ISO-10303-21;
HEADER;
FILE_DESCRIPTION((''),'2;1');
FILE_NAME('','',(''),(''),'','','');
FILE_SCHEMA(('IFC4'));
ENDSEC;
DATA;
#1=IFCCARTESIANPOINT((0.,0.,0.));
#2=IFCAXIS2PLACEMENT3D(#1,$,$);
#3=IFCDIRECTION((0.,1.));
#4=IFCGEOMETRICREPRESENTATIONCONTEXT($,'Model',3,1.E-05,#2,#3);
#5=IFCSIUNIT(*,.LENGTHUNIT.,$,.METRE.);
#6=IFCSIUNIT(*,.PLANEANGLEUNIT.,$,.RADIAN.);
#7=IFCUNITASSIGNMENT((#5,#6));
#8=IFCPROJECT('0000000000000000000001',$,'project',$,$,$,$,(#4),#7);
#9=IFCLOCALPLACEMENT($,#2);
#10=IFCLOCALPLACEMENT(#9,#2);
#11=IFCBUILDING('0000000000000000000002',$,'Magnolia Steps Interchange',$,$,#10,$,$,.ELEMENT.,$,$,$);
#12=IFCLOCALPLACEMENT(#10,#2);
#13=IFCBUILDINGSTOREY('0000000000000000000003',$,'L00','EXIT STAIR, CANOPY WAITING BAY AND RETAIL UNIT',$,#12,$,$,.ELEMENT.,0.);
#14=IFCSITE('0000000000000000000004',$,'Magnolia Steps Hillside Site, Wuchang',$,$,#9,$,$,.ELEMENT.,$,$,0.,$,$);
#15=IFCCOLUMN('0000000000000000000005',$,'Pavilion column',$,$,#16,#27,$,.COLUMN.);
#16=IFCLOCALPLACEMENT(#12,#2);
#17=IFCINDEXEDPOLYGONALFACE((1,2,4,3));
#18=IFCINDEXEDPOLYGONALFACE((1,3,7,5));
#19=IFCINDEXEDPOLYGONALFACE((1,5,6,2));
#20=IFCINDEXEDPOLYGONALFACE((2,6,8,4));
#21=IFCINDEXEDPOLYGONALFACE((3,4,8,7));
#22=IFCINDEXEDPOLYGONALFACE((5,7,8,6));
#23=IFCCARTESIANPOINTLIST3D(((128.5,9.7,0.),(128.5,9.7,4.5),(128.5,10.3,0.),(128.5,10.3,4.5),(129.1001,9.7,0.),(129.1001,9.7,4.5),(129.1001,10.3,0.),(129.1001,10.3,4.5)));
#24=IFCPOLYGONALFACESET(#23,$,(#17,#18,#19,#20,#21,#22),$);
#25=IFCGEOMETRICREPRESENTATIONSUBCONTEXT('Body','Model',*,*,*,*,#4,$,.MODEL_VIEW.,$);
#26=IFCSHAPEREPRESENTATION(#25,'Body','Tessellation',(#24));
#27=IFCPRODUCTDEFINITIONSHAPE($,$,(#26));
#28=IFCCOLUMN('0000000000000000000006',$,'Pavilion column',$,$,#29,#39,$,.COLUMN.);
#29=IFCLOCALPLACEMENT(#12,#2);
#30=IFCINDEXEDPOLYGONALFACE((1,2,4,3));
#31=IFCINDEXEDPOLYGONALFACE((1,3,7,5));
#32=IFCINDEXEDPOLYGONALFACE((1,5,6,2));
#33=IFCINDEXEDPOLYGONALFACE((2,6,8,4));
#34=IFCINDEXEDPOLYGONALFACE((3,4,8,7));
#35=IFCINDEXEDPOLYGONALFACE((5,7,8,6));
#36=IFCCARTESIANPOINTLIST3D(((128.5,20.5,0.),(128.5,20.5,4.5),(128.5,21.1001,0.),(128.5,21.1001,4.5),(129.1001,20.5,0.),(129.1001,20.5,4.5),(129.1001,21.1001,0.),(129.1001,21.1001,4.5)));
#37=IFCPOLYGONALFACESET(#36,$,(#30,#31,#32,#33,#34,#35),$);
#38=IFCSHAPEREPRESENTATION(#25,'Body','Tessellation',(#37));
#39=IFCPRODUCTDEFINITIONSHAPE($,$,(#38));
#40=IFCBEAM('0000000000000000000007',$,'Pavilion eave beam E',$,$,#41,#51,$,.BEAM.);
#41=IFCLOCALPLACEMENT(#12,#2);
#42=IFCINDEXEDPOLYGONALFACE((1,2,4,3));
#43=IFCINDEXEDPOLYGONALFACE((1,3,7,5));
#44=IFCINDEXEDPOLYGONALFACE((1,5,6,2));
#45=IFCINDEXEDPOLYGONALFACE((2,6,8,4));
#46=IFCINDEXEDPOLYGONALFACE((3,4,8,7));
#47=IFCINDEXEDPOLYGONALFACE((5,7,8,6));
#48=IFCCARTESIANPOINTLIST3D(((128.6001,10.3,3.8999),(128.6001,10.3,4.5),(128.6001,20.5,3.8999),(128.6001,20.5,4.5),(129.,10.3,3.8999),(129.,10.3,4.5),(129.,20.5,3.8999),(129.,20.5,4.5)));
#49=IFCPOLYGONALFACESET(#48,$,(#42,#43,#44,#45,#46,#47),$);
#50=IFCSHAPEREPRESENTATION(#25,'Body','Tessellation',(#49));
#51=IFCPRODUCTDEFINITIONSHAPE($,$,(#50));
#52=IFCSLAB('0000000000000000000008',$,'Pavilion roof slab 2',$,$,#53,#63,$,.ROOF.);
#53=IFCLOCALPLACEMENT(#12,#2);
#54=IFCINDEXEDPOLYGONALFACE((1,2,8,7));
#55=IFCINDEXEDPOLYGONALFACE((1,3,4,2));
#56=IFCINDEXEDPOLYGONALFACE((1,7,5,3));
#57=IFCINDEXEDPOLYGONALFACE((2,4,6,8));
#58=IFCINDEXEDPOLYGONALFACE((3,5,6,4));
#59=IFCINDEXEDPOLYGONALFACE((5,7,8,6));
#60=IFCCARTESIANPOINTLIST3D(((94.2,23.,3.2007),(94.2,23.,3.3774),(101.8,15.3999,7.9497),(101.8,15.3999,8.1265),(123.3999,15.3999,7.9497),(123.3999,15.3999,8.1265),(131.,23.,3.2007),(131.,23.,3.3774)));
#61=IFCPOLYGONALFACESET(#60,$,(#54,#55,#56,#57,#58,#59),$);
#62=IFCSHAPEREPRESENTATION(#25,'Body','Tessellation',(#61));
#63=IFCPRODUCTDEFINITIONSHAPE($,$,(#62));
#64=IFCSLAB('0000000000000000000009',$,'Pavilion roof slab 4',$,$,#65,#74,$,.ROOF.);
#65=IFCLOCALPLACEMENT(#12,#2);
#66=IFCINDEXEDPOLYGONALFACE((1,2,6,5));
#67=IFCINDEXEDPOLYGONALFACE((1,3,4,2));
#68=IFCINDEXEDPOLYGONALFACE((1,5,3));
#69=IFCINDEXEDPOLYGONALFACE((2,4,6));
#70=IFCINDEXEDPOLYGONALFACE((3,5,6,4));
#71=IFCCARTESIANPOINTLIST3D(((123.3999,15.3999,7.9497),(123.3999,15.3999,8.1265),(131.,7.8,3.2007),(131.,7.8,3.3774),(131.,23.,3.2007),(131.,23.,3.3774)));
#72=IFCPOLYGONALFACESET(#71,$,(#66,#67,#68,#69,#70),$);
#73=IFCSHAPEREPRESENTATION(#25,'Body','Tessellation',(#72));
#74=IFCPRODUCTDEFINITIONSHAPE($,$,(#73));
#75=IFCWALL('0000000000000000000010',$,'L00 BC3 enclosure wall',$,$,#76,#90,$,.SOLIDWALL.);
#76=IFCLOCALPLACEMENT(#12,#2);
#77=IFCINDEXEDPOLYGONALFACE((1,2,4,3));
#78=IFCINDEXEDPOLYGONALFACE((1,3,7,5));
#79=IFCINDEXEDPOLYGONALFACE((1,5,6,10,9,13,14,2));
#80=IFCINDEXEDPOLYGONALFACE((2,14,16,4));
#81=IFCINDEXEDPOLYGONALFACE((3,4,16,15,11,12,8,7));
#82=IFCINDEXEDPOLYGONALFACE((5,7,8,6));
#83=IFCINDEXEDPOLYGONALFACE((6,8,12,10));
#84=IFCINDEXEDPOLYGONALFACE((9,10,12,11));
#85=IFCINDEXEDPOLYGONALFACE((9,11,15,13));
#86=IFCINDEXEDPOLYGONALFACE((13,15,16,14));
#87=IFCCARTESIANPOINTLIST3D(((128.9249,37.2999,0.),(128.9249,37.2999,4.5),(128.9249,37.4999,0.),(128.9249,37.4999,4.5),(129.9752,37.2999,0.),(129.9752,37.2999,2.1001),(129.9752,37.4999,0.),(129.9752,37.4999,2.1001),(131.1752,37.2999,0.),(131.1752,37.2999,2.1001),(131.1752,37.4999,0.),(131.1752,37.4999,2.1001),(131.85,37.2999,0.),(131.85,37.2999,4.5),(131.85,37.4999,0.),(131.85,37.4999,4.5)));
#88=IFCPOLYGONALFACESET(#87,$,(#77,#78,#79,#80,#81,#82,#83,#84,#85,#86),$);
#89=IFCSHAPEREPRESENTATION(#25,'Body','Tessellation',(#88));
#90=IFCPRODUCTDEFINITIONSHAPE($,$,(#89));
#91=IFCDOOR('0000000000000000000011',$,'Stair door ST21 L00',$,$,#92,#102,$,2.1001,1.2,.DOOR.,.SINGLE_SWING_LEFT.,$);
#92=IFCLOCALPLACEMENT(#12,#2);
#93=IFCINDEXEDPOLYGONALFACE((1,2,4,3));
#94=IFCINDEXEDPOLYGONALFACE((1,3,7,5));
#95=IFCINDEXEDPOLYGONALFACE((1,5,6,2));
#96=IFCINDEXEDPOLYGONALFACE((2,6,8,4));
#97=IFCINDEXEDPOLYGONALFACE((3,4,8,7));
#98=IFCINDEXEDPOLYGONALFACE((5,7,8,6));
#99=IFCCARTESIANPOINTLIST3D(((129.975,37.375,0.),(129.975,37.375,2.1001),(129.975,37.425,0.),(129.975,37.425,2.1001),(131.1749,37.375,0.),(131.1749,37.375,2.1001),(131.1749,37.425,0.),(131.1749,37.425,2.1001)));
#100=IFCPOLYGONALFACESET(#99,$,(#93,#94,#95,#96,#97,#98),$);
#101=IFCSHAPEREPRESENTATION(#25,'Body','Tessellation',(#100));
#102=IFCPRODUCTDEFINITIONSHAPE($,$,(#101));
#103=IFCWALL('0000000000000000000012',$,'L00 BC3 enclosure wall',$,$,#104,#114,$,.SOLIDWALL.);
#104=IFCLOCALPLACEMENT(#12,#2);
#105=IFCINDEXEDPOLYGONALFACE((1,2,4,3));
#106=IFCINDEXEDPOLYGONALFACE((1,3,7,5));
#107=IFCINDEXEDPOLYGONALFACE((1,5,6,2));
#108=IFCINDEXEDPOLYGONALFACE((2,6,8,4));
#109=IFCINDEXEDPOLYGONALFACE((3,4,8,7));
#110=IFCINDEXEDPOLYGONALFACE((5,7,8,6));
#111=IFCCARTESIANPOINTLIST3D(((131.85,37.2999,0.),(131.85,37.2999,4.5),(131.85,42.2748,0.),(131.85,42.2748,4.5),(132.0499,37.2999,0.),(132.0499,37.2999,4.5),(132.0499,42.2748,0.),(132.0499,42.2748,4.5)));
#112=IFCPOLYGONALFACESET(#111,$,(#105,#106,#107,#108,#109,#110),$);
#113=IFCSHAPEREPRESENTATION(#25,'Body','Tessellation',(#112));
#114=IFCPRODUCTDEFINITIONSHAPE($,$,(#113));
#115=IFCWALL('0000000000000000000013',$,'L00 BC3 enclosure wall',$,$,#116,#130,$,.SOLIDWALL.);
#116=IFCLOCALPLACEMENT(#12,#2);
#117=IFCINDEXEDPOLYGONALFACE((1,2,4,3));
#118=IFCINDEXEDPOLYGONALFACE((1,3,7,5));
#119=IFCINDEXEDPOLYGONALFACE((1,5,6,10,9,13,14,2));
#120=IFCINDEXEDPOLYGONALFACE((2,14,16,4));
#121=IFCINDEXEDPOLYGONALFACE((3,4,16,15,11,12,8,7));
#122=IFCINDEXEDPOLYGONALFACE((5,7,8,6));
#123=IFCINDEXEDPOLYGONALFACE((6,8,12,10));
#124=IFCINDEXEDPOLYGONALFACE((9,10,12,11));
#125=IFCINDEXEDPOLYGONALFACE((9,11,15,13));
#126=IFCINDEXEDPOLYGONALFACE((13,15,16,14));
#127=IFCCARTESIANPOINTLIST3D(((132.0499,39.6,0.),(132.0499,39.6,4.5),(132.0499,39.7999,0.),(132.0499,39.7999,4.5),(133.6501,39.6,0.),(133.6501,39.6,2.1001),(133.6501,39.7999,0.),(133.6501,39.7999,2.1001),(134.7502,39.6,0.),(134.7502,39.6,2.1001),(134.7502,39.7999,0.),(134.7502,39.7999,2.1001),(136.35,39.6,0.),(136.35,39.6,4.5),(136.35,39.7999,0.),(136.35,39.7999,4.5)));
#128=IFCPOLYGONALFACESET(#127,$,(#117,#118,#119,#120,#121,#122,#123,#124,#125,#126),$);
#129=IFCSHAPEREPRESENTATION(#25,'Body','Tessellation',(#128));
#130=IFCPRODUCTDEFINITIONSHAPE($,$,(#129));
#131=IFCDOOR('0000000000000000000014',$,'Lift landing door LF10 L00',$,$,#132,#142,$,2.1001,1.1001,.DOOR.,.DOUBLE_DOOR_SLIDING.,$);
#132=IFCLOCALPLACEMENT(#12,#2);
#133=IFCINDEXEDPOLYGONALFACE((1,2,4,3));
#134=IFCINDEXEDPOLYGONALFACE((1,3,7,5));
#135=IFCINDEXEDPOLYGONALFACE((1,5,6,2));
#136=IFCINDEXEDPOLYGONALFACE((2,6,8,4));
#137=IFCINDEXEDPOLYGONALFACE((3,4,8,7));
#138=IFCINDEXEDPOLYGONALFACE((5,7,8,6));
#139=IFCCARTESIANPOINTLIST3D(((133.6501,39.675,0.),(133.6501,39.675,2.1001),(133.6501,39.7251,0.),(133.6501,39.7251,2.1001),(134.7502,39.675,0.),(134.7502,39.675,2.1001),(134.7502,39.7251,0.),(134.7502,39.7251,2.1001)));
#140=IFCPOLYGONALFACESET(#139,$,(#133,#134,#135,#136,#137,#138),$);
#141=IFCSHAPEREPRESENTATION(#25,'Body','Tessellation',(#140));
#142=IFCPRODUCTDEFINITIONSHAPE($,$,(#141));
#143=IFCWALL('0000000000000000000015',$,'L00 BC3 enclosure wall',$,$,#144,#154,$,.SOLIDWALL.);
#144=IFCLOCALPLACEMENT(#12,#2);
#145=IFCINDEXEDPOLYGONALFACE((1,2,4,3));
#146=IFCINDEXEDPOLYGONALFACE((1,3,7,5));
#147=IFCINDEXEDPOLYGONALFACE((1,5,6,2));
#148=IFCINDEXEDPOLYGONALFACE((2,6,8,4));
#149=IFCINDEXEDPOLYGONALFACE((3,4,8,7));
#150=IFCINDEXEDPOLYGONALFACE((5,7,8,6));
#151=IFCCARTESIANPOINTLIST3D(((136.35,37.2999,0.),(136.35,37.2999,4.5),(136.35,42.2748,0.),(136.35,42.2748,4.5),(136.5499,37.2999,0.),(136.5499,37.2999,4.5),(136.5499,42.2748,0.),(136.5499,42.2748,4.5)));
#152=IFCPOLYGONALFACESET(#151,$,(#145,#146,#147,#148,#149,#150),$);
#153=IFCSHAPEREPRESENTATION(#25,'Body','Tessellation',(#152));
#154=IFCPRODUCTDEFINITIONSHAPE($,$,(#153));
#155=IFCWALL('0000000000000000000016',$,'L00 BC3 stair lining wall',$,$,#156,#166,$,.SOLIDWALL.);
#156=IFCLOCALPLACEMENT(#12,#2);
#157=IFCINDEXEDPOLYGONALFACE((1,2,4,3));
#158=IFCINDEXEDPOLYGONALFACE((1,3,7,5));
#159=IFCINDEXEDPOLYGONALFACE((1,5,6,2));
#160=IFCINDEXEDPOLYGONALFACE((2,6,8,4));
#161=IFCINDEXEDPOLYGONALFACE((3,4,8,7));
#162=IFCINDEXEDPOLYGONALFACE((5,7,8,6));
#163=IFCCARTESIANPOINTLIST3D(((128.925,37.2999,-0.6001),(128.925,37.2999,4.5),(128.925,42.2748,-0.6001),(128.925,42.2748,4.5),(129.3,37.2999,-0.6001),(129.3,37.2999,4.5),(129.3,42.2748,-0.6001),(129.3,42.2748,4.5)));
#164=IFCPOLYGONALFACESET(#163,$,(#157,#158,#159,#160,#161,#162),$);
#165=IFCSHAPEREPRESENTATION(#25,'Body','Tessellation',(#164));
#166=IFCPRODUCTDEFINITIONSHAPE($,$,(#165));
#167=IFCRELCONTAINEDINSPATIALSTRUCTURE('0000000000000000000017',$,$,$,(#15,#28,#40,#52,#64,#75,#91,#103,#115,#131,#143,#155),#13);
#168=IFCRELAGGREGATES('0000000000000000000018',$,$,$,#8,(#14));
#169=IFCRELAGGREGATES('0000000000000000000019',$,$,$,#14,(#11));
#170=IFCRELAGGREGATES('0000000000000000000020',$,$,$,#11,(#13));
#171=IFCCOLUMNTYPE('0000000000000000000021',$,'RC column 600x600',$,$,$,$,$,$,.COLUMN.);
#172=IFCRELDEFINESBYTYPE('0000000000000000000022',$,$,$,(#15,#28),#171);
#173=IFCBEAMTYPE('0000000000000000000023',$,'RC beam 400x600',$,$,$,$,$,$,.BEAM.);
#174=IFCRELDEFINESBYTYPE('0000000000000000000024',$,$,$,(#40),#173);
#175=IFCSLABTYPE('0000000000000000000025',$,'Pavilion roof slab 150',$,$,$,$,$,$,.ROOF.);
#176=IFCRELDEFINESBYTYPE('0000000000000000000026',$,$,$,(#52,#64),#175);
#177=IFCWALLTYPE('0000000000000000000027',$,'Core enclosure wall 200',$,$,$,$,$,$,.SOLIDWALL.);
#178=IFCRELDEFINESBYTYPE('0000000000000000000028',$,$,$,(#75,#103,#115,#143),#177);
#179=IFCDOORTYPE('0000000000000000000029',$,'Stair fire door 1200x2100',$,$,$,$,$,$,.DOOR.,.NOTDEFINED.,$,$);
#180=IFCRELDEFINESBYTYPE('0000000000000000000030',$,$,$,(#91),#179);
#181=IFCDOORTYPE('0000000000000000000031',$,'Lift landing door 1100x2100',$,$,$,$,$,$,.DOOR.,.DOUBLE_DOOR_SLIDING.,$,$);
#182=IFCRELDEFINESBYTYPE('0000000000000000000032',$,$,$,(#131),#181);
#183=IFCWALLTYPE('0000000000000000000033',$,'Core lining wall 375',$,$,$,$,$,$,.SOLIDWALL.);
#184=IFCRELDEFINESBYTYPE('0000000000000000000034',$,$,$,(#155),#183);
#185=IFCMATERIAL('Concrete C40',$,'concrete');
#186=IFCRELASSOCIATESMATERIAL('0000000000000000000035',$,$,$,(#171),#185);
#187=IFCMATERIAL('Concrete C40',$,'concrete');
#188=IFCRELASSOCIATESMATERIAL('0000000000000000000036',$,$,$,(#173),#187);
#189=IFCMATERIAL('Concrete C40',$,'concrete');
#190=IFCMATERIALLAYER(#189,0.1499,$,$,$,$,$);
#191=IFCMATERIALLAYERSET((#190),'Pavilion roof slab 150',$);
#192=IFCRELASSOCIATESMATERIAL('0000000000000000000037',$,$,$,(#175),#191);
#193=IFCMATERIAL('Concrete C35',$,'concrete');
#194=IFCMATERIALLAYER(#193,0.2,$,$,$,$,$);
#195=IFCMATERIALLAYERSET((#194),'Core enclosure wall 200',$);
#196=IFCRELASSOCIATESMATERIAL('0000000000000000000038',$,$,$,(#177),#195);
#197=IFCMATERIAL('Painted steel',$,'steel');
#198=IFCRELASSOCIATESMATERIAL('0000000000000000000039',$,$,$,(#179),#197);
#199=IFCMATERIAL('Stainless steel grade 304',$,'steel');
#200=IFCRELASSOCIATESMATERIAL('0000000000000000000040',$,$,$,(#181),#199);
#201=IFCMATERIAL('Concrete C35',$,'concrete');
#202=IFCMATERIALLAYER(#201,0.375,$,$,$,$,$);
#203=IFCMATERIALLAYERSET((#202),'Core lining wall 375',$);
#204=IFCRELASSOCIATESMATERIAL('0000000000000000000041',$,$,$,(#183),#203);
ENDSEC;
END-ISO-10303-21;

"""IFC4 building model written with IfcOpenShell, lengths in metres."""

from ifc_helpers import new_model, si_unit, direction, frame, frame_2d, origin, origin_2d, place, context, subcontext, project, spatial, polyline, rectangle, outline, extrude, material, layer, layer_set, material_profile, profile_set, type_object, element, fill, save


model = new_model("IFC4")

# Units and contexts
model_context = context("Model", 3, precision=1e-05, world=origin(), true_north=direction((0.0, 1.0)))
body_context = subcontext(model_context, "Body", "Model", "MODEL_VIEW")
ifc_project = project(units=[si_unit("LENGTHUNIT", "METRE"), si_unit("PLANEANGLEUNIT", "RADIAN")], contexts=[model_context])

# Site, building, storey
site_placement = place(None, origin())
site = spatial("IfcSite", under=ifc_project, at=site_placement, Name="Magnolia Steps Hillside Site, Wuchang", CompositionType="ELEMENT", RefElevation=0.0)
building_placement = place(site_placement, origin())
building = spatial("IfcBuilding", under=site, at=building_placement, Name="Magnolia Steps Interchange", CompositionType="ELEMENT")
storey_placement = place(building_placement, origin())
storey = spatial("IfcBuildingStorey", under=building, at=storey_placement, Name="L00", Description="EXIT STAIR, CANOPY WAITING BAY AND RETAIL UNIT", CompositionType="ELEMENT", Elevation=0.0)

# Columns
ifc_material_1 = material(Name="Concrete C40", Category="concrete")
ifc_material_profile_1 = material_profile(ifc_material_1, rectangle(XDim=0.6001, YDim=0.6001, at=origin_2d()), Name="RC600x600")
ifc_profile_set_1 = profile_set([ifc_material_profile_1], Name="Concrete C40")
column_type = type_object("IfcColumnType", Name="RC column 600x600", PredefinedType="COLUMN", material=ifc_profile_set_1)
for number, where, z_axis, x_axis, name in (
    (1, (128.8, 10.0, 0.0), (0.0, 0.0, 1.0), (1.0, 0.0, 0.0), "Pavilion column"),
    (2, (128.8, 20.8, 0.0), (0.0, 0.0, 1.0), (1.0, 0.0, 0.0), "Pavilion column"),
):
    element("IfcColumn", number, at=place(storey_placement, frame(where, z_axis=z_axis, x_axis=x_axis)), inside=storey, type_object=column_type, Name=name, PredefinedType="COLUMN", context=body_context, shape_type="SweptSolid", body=[
        extrude(rectangle(XDim=0.6001, YDim=0.6001, at=origin_2d()), origin(), (0.0, 0.0, 1.0), 4.5),
    ])

# Beam
ifc_material_2 = material(Name="Concrete C40", Category="concrete")
ifc_material_profile_2 = material_profile(ifc_material_2, rectangle(XDim=0.3999, YDim=0.6001, at=origin_2d()), Name="RC400x600")
ifc_profile_set_2 = profile_set([ifc_material_profile_2], Name="Concrete C40")
beam_type = type_object("IfcBeamType", Name="RC beam 400x600", PredefinedType="BEAM", material=ifc_profile_set_2)
beam_placement = place(storey_placement, frame((128.8, 10.3, 4.2), z_axis=(0.0, 1.0, 0.0), x_axis=(-1.0, 0.0, 0.0)))
element("IfcBeam", 3, at=beam_placement, inside=storey, type_object=beam_type, Name="Pavilion eave beam E", PredefinedType="BEAM", context=body_context, shape_type="SweptSolid", body=[
    extrude(rectangle(XDim=0.3999, YDim=0.6001, at=origin_2d()), origin(), (0.0, 0.0, 1.0), 10.2),
])

# Slabs
ifc_material_3 = material(Name="Concrete C40", Category="concrete")
ifc_layer_1 = layer(ifc_material_3, 0.1499)
ifc_layer_set_1 = layer_set([ifc_layer_1], Name="Pavilion roof slab 150")
slab_type = type_object("IfcSlabType", Name="Pavilion roof slab 150", PredefinedType="ROOF", material=ifc_layer_set_1)
slab_1_placement = place(storey_placement, frame((131.0, 23.0, 3.3774), z_axis=(0.0, 0.529916, 0.84805), x_axis=(-1.0, 0.0, 0.0)))
element("IfcSlab", 4, at=slab_1_placement, inside=storey, type_object=slab_type, Name="Pavilion roof slab 2", PredefinedType="ROOF", context=body_context, shape_type="SweptSolid", body=[
    extrude(outline(polyline([(0.0, 0.0), (36.8, 0.0), (29.2, 8.9618), (7.6001, 8.9618), (0.0, 0.0)])), origin(), (0.0, -0.529916, -0.84805), 0.1768),
])
slab_2_placement = place(storey_placement, frame((131.0, 7.8, 3.3774), z_axis=(0.529916, 0.0, 0.84805), x_axis=(0.0, 1.0, 0.0)))
element("IfcSlab", 5, at=slab_2_placement, inside=storey, type_object=slab_type, Name="Pavilion roof slab 4", PredefinedType="ROOF", context=body_context, shape_type="SweptSolid", body=[
    extrude(outline(polyline([(0.0, 0.0), (15.2, 0.0), (7.5999, 8.9618), (0.0, 0.0)])), origin(), (0.0, -0.529916, -0.84805), 0.1768),
])

# Wall, opening, door
ifc_material_4 = material(Name="Concrete C35", Category="concrete")
ifc_layer_2 = layer(ifc_material_4, 0.2)
ifc_layer_set_2 = layer_set([ifc_layer_2], Name="Core enclosure wall 200")
wall_type_1 = type_object("IfcWallType", Name="Core enclosure wall 200", PredefinedType="SOLIDWALL", material=ifc_layer_set_2)
wall_1_placement = place(storey_placement, frame((128.925, 37.3999, 0.0), z_axis=(0.0, 0.0, 1.0), x_axis=(1.0, 0.0, 0.0)))
wall_1 = element("IfcWall", 6, at=wall_1_placement, inside=storey, type_object=wall_type_1, Name="L00 BC3 enclosure wall", PredefinedType="SOLIDWALL", context=body_context, shape_type="SweptSolid", body=[
    extrude(rectangle(XDim=2.925, YDim=0.2, at=frame_2d((1.4624, 0.0))), origin(), (0.0, 0.0, 1.0), 4.5),
])
opening_1_placement = place(wall_1_placement, frame((1.05, 0.0, 0.0)))
opening_1 = element("IfcOpeningElement", 7, at=opening_1_placement, cuts=wall_1, PredefinedType="OPENING", context=body_context, shape_type="SweptSolid", body=[
    extrude(rectangle(XDim=1.2, YDim=2.1001, at=frame_2d((0.6001, 1.05))), frame((0.0, 0.1099, 0.0), z_axis=(0.0, -1.0, 0.0), x_axis=(1.0, 0.0, 0.0)), (0.0, 0.0, 1.0), 0.22),
])
ifc_material_5 = material(Name="Painted steel", Category="steel")
door_type_1 = type_object("IfcDoorType", Name="Stair fire door 1200x2100", OperationType="NOTDEFINED", PredefinedType="DOOR", material=ifc_material_5)
door_1_placement = place(opening_1_placement, frame((1.2, 0.0, 0.0), z_axis=(0.0, 0.0, 1.0), x_axis=(-1.0, 0.0, 0.0)))
door_1 = element("IfcDoor", 8, at=door_1_placement, inside=storey, type_object=door_type_1, Name="Stair door ST21 L00", OperationType="SINGLE_SWING_LEFT", OverallHeight=2.1001, OverallWidth=1.2, PredefinedType="DOOR", context=body_context, shape_type="SweptSolid", body=[
    extrude(rectangle(XDim=1.2, YDim=2.1001, at=frame_2d((0.6001, 1.05))), frame((0.0, 0.0249, 0.0), z_axis=(0.0, -1.0, 0.0), x_axis=(1.0, 0.0, 0.0)), (0.0, 0.0, 1.0), 0.05),
])
fill(opening_1, door_1)

# Wall
wall_2_placement = place(storey_placement, frame((131.95, 37.3, 0.0), z_axis=(0.0, 0.0, 1.0), x_axis=(0.0, 1.0, 0.0)))
element("IfcWall", 9, at=wall_2_placement, inside=storey, type_object=wall_type_1, Name="L00 BC3 enclosure wall", PredefinedType="SOLIDWALL", context=body_context, shape_type="SweptSolid", body=[
    extrude(rectangle(XDim=4.9749, YDim=0.2, at=frame_2d((2.4873, 0.0))), origin(), (0.0, 0.0, 1.0), 4.5),
])

# Wall, opening, door
wall_3_placement = place(storey_placement, frame((132.05, 39.7, 0.0), z_axis=(0.0, 0.0, 1.0), x_axis=(1.0, 0.0, 0.0)))
wall_3 = element("IfcWall", 10, at=wall_3_placement, inside=storey, type_object=wall_type_1, Name="L00 BC3 enclosure wall", PredefinedType="SOLIDWALL", context=body_context, shape_type="SweptSolid", body=[
    extrude(rectangle(XDim=4.3, YDim=0.2, at=frame_2d((2.1499, 0.0))), origin(), (0.0, 0.0, 1.0), 4.5),
])
opening_2_placement = place(wall_3_placement, frame((1.6001, 0.0, 0.0)))
opening_2 = element("IfcOpeningElement", 11, at=opening_2_placement, cuts=wall_3, PredefinedType="OPENING", context=body_context, shape_type="SweptSolid", body=[
    extrude(rectangle(XDim=1.1001, YDim=2.1001, at=frame_2d((0.55, 1.05))), frame((0.0, 0.1099, 0.0), z_axis=(0.0, -1.0, 0.0), x_axis=(1.0, 0.0, 0.0)), (0.0, 0.0, 1.0), 0.22),
])
ifc_material_6 = material(Name="Stainless steel grade 304", Category="steel")
door_type_2 = type_object("IfcDoorType", Name="Lift landing door 1100x2100", OperationType="DOUBLE_DOOR_SLIDING", PredefinedType="DOOR", material=ifc_material_6)
door_2_placement = place(opening_2_placement, frame((1.1001, 0.0, 0.0), z_axis=(0.0, 0.0, 1.0), x_axis=(-1.0, 0.0, 0.0)))
door_2 = element("IfcDoor", 12, at=door_2_placement, inside=storey, type_object=door_type_2, Name="Lift landing door LF10 L00", OperationType="DOUBLE_DOOR_SLIDING", OverallHeight=2.1001, OverallWidth=1.1001, PredefinedType="DOOR", context=body_context, shape_type="SweptSolid", body=[
    extrude(rectangle(XDim=1.1001, YDim=2.1001, at=frame_2d((0.55, 1.05))), frame((0.0, 0.0249, 0.0), z_axis=(0.0, -1.0, 0.0), x_axis=(1.0, 0.0, 0.0)), (0.0, 0.0, 1.0), 0.05),
])
fill(opening_2, door_2)

# Walls
wall_4_placement = place(storey_placement, frame((136.45, 37.3, 0.0), z_axis=(0.0, 0.0, 1.0), x_axis=(0.0, 1.0, 0.0)))
element("IfcWall", 13, at=wall_4_placement, inside=storey, type_object=wall_type_1, Name="L00 BC3 enclosure wall", PredefinedType="SOLIDWALL", context=body_context, shape_type="SweptSolid", body=[
    extrude(rectangle(XDim=4.9749, YDim=0.2, at=frame_2d((2.4873, 0.0))), origin(), (0.0, 0.0, 1.0), 4.5),
])
ifc_material_7 = material(Name="Concrete C35", Category="concrete")
ifc_layer_3 = layer(ifc_material_7, 0.375)
ifc_layer_set_3 = layer_set([ifc_layer_3], Name="Core lining wall 375")
wall_type_2 = type_object("IfcWallType", Name="Core lining wall 375", PredefinedType="SOLIDWALL", material=ifc_layer_set_3)
wall_5_placement = place(storey_placement, frame((129.1125, 37.3, -0.6001), z_axis=(0.0, 0.0, 1.0), x_axis=(0.0, 1.0, 0.0)))
element("IfcWall", 14, at=wall_5_placement, inside=storey, type_object=wall_type_2, Name="L00 BC3 stair lining wall", PredefinedType="SOLIDWALL", context=body_context, shape_type="SweptSolid", body=[
    extrude(rectangle(XDim=4.9749, YDim=0.375, at=frame_2d((2.4873, 0.0))), origin(), (0.0, 0.0, 1.0), 5.1001),
])

save(model, "model.ifc")
